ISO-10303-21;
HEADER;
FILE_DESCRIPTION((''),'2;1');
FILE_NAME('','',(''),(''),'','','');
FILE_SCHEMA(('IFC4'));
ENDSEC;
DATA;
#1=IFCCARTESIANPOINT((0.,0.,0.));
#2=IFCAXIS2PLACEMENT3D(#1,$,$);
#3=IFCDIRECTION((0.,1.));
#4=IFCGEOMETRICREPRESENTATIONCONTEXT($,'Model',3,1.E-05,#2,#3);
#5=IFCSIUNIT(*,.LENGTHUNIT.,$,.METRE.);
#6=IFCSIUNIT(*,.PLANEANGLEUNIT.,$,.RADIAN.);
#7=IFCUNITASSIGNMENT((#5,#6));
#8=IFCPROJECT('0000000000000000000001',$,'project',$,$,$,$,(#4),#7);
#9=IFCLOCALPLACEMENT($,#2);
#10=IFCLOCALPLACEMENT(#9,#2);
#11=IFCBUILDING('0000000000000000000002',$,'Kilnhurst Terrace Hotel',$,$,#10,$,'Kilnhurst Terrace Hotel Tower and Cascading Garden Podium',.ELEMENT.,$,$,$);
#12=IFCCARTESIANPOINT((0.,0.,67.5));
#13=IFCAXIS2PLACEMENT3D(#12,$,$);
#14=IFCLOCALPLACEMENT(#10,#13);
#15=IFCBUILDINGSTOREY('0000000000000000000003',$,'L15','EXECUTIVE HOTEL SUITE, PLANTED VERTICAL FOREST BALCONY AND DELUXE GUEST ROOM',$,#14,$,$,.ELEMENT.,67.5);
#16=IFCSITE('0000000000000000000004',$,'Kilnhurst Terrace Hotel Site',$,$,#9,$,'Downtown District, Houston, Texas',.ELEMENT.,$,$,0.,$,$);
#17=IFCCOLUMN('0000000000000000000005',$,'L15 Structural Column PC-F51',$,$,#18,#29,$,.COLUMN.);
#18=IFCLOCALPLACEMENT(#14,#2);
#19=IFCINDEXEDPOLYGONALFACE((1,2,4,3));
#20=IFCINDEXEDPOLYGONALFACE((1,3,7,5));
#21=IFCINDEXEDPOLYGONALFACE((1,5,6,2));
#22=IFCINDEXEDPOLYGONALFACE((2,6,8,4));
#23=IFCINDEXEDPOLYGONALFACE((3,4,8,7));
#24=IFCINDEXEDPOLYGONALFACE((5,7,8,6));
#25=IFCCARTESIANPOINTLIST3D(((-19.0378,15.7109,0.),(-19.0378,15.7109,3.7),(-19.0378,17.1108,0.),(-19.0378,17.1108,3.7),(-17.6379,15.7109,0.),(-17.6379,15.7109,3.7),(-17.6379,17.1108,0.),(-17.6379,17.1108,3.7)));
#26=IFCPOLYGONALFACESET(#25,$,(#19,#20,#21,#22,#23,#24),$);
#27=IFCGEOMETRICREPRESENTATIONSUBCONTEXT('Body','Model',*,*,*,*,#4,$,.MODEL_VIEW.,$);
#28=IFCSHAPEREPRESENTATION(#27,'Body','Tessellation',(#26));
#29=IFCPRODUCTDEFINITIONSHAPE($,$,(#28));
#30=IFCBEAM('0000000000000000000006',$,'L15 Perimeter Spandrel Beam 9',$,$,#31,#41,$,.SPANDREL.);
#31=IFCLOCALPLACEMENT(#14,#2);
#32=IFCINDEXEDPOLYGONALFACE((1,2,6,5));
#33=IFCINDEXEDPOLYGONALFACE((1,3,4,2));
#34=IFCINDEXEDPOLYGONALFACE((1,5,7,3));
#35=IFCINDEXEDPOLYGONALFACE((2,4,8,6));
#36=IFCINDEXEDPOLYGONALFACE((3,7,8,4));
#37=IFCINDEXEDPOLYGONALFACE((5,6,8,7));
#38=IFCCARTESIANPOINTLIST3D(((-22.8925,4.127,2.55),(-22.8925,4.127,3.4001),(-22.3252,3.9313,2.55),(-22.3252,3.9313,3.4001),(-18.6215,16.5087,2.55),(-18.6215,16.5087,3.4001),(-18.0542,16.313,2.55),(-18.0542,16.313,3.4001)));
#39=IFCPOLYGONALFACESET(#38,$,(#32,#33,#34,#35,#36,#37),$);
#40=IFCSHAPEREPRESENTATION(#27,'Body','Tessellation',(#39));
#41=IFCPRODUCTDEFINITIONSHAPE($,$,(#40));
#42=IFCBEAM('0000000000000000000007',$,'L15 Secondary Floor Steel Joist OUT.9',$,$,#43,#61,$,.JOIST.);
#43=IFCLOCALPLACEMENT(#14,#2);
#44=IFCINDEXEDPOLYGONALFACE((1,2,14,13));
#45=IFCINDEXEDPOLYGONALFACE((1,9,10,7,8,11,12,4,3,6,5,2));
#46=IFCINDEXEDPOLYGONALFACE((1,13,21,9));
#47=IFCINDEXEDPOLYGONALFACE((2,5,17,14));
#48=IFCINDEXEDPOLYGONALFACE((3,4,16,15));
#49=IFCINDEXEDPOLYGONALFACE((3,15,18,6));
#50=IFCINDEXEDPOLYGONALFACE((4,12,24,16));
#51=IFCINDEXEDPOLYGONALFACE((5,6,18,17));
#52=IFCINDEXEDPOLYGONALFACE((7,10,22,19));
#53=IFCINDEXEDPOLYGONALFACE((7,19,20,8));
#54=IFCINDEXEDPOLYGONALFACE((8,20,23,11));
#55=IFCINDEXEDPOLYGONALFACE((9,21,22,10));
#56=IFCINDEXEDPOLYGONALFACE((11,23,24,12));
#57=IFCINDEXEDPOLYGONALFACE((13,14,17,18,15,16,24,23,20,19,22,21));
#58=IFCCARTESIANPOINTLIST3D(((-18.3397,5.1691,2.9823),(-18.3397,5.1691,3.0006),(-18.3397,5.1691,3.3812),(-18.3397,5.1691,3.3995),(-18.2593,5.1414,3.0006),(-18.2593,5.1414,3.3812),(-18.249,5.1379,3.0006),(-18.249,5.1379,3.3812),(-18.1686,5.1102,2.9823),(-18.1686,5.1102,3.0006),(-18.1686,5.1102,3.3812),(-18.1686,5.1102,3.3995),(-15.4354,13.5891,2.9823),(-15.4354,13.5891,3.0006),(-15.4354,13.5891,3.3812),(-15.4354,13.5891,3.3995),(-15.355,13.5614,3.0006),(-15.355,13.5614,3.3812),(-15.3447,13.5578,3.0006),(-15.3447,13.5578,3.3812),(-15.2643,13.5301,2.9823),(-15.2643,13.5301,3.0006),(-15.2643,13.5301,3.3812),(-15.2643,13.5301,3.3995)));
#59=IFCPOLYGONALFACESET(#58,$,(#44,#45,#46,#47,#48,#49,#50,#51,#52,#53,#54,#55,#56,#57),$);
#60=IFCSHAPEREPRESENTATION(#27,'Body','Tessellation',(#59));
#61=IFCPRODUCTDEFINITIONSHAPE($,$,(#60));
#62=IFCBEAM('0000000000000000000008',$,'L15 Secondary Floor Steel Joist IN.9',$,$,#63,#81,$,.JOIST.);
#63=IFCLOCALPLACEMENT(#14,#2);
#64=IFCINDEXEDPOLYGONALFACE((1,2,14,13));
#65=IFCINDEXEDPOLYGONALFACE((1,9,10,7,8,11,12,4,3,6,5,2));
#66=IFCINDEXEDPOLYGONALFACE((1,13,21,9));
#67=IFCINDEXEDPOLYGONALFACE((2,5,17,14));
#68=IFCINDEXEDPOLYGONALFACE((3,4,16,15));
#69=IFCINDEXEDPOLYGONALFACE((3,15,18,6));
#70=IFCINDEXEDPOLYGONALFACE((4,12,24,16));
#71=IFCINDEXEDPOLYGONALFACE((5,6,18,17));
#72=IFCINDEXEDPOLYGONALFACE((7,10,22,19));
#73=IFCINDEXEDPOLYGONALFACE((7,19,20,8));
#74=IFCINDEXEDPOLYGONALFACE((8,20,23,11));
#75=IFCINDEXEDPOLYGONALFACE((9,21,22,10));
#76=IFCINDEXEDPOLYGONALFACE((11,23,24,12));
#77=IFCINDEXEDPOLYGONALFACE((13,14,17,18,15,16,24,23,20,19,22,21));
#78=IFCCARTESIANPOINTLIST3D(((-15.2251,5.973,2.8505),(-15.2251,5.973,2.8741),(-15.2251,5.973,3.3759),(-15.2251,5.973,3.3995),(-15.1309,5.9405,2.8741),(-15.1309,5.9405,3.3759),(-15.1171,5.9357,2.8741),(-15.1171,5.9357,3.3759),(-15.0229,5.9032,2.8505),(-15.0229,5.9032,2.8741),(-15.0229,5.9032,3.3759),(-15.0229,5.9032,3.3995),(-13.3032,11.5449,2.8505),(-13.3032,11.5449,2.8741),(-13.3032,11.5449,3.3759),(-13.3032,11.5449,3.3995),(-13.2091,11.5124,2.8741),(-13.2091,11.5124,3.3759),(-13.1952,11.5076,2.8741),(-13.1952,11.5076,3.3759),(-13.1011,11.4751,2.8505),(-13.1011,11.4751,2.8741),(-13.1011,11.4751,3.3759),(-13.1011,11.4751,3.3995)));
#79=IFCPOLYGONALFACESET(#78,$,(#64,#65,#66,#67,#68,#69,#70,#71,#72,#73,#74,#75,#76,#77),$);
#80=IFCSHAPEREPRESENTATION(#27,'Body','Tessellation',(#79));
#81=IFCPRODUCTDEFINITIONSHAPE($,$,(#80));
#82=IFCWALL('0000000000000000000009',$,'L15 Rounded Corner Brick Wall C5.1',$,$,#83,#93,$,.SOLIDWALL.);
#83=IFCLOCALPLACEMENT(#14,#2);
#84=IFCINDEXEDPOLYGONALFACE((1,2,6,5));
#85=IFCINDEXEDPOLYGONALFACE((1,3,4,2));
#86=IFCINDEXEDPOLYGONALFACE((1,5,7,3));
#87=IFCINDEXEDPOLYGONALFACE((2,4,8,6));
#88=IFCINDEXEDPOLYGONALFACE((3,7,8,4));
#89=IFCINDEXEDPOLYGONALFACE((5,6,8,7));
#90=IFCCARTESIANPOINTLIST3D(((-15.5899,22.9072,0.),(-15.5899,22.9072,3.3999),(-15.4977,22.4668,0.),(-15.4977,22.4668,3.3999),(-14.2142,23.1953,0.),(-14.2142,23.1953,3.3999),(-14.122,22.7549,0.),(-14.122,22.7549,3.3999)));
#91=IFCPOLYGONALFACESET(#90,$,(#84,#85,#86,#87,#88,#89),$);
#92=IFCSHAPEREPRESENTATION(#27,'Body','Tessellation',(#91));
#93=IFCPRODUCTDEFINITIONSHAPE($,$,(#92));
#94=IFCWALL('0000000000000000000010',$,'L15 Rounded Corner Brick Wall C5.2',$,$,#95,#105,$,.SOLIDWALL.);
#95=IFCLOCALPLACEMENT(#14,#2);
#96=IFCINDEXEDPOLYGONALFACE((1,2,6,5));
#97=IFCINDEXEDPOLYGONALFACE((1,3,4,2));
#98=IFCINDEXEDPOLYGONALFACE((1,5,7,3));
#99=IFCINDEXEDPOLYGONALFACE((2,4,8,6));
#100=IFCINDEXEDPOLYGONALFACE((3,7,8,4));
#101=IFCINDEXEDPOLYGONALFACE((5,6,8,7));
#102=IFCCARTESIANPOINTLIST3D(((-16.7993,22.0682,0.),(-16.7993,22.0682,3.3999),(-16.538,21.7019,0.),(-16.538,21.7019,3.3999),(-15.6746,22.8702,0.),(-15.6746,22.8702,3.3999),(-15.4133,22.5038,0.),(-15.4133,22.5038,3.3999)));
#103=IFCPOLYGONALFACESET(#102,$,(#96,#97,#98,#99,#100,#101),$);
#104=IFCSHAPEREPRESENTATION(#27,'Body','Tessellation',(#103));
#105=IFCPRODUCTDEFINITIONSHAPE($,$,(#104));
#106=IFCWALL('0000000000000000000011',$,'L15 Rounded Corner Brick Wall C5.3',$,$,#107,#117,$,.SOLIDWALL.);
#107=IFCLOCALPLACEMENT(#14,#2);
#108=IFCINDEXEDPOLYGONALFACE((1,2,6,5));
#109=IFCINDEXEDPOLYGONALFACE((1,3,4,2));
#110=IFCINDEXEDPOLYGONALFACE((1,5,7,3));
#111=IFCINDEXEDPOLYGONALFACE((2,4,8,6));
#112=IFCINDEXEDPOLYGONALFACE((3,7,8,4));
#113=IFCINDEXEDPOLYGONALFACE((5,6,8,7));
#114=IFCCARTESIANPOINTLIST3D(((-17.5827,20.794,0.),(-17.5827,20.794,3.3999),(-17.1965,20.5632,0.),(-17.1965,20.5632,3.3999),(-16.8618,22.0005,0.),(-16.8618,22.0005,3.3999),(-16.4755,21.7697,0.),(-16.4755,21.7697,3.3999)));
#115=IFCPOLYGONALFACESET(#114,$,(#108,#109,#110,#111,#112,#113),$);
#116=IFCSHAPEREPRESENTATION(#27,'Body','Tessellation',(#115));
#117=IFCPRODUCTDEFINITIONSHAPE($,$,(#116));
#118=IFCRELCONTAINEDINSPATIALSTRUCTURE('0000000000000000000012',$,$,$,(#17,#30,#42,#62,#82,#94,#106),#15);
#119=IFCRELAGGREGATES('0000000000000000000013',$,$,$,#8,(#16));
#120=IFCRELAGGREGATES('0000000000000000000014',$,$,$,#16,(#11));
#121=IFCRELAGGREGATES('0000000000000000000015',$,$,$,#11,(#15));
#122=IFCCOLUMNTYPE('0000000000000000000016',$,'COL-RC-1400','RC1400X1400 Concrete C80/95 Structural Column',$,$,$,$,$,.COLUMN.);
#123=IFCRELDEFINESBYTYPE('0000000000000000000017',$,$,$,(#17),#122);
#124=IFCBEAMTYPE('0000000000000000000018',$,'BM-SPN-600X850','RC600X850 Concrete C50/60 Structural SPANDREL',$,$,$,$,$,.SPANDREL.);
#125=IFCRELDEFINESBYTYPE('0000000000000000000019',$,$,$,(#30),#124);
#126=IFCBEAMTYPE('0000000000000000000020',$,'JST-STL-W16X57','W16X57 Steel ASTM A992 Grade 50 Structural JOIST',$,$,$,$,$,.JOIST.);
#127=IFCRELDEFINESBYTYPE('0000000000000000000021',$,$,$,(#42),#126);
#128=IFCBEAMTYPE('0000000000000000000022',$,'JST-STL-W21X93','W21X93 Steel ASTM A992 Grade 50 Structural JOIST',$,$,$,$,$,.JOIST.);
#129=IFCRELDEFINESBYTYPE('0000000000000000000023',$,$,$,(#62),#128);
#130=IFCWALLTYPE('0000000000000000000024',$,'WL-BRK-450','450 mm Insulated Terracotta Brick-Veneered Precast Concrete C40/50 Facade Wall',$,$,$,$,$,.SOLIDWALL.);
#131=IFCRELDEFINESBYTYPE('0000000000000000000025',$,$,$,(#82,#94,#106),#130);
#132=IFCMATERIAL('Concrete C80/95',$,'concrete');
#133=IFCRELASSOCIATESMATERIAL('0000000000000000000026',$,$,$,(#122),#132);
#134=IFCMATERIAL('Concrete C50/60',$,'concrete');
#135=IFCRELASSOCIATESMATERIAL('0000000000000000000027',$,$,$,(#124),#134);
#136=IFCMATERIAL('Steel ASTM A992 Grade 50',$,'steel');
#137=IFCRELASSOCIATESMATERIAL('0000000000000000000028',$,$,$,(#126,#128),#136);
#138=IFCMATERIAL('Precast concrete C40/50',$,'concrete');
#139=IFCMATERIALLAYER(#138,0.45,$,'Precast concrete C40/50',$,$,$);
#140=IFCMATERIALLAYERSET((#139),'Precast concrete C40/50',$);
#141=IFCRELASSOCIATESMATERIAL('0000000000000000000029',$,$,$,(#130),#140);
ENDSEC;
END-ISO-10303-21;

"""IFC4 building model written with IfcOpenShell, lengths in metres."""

from ifc_helpers import new_model, si_unit, direction, frame, frame_2d, origin, origin_2d, place, context, subcontext, project, spatial, rectangle, i_section, extrude, material, layer, layer_set, material_profile, profile_set, type_object, element, save


model = new_model("IFC4")

# Units and contexts
model_context = context("Model", 3, precision=1e-05, world=origin(), true_north=direction((0.0, 1.0)))
body_context = subcontext(model_context, "Body", "Model", "MODEL_VIEW")
ifc_project = project(units=[si_unit("LENGTHUNIT", "METRE"), si_unit("PLANEANGLEUNIT", "RADIAN")], contexts=[model_context])

# Site, building, storey
site_placement = place(None, origin())
site = spatial("IfcSite", under=ifc_project, at=site_placement, Name="Kilnhurst Terrace Hotel Site", LongName="Downtown District, Houston, Texas", CompositionType="ELEMENT", RefElevation=0.0)
building_placement = place(site_placement, origin())
building = spatial("IfcBuilding", under=site, at=building_placement, Name="Kilnhurst Terrace Hotel", LongName="Kilnhurst Terrace Hotel Tower and Cascading Garden Podium", CompositionType="ELEMENT")
storey_placement = place(building_placement, frame((0.0, 0.0, 67.5)))
storey = spatial("IfcBuildingStorey", under=building, at=storey_placement, Name="L15", Description="EXECUTIVE HOTEL SUITE, PLANTED VERTICAL FOREST BALCONY AND DELUXE GUEST ROOM", CompositionType="ELEMENT", Elevation=67.5)

# Column
ifc_material_1 = material(Name="Concrete C80/95", Category="concrete")
ifc_material_profile_1 = material_profile(ifc_material_1, rectangle(XDim=1.3999, YDim=1.3999, at=origin_2d()), Name="RC1400X1400")
ifc_profile_set_1 = profile_set([ifc_material_profile_1], Name="Concrete C80/95")
column_type = type_object("IfcColumnType", Name="COL-RC-1400", Description="RC1400X1400 Concrete C80/95 Structural Column", PredefinedType="COLUMN", material=ifc_profile_set_1)
column_placement = place(storey_placement, frame((-18.3379, 16.4109, 0.0), z_axis=(0.0, 0.0, 1.0), x_axis=(1.0, 0.0, 0.0)))
element("IfcColumn", 1, at=column_placement, inside=storey, type_object=column_type, Name="L15 Structural Column PC-F51", PredefinedType="COLUMN", context=body_context, shape_type="SweptSolid", body=[
    extrude(rectangle(XDim=1.3999, YDim=1.3999, at=origin_2d()), origin(), (0.0, 0.0, 1.0), 3.7),
])

# Beams
ifc_material_2 = material(Name="Concrete C50/60", Category="concrete")
ifc_material_profile_2 = material_profile(ifc_material_2, rectangle(XDim=0.6001, YDim=0.8501, at=origin_2d()), Name="RC600X850")
ifc_profile_set_2 = profile_set([ifc_material_profile_2], Name="Concrete C50/60")
beam_type_1 = type_object("IfcBeamType", Name="BM-SPN-600X850", Description="RC600X850 Concrete C50/60 Structural SPANDREL", PredefinedType="SPANDREL", material=ifc_profile_set_2)
beam_1_placement = place(storey_placement, frame((-18.3379, 16.4109, 2.9751), z_axis=(-0.326086, -0.94534, 0.0), x_axis=(0.94534, -0.326086, 0.0)))
element("IfcBeam", 2, at=beam_1_placement, inside=storey, type_object=beam_type_1, Name="L15 Perimeter Spandrel Beam 9", PredefinedType="SPANDREL", context=body_context, shape_type="SweptSolid", body=[
    extrude(rectangle(XDim=0.6001, YDim=0.8501, at=origin_2d()), origin(), (0.0, 0.0, 1.0), 13.0977),
])
ifc_material_3 = material(Name="Steel ASTM A992 Grade 50", Category="steel")
ifc_material_profile_3 = material_profile(ifc_material_3, i_section(OverallWidth=0.1809, OverallDepth=0.4172, WebThickness=0.011, FlangeThickness=0.0183, at=origin_2d()), Name="W16X57")
ifc_profile_set_3 = profile_set([ifc_material_profile_3], Name="Steel ASTM A992 Grade 50")
beam_type_2 = type_object("IfcBeamType", Name="JST-STL-W16X57", Description="W16X57 Steel ASTM A992 Grade 50 Structural JOIST", PredefinedType="JOIST", material=ifc_profile_set_3)
beam_2_placement = place(storey_placement, frame((-15.3499, 13.5596, 3.1909), z_axis=(-0.326079, -0.945343, 0.0), x_axis=(0.945343, -0.326079, 0.0)))
element("IfcBeam", 3, at=beam_2_placement, inside=storey, type_object=beam_type_2, Name="L15 Secondary Floor Steel Joist OUT.9", PredefinedType="JOIST", context=body_context, shape_type="SweptSolid", body=[
    extrude(i_section(OverallWidth=0.1809, OverallDepth=0.4172, WebThickness=0.011, FlangeThickness=0.0183, at=origin_2d()), origin(), (0.0, 0.0, 1.0), 8.9067),
])
ifc_material_profile_4 = material_profile(ifc_material_3, i_section(OverallWidth=0.2139, OverallDepth=0.5491, WebThickness=0.0146, FlangeThickness=0.0237, at=origin_2d()), Name="W21X93")
ifc_profile_set_4 = profile_set([ifc_material_profile_4], Name="Steel ASTM A992 Grade 50")
beam_type_3 = type_object("IfcBeamType", Name="JST-STL-W21X93", Description="W21X93 Steel ASTM A992 Grade 50 Structural JOIST", PredefinedType="JOIST", material=ifc_profile_set_4)
beam_3_placement = place(storey_placement, frame((-13.2021, 11.51, 3.125), z_axis=(-0.326065, -0.945347, 0.0), x_axis=(0.945347, -0.326065, 0.0)))
element("IfcBeam", 4, at=beam_3_placement, inside=storey, type_object=beam_type_3, Name="L15 Secondary Floor Steel Joist IN.9", PredefinedType="JOIST", context=body_context, shape_type="SweptSolid", body=[
    extrude(i_section(OverallWidth=0.2139, OverallDepth=0.5491, WebThickness=0.0146, FlangeThickness=0.0237, at=origin_2d()), origin(), (0.0, 0.0, 1.0), 5.894),
])

# Walls
ifc_material_4 = material(Name="Precast concrete C40/50", Category="concrete")
ifc_layer_1 = layer(ifc_material_4, 0.45, Name="Precast concrete C40/50")
ifc_layer_set_1 = layer_set([ifc_layer_1], Name="Precast concrete C40/50")
wall_type_1 = type_object("IfcWallType", Name="WL-BRK-450", Description="450 mm Insulated Terracotta Brick-Veneered Precast Concrete C40/50 Facade Wall", PredefinedType="SOLIDWALL", material=ifc_layer_set_1)
wall_1_placement = place(storey_placement, frame((-14.1682, 22.9751, 0.0), z_axis=(0.0, 0.0, 1.0), x_axis=(-0.97877, -0.20496, 0.0)))
element("IfcWall", 5, at=wall_1_placement, inside=storey, type_object=wall_type_1, Name="L15 Rounded Corner Brick Wall C5.1", PredefinedType="SOLIDWALL", context=body_context, shape_type="SweptSolid", body=[
    extrude(rectangle(XDim=1.4055, YDim=0.45, at=frame_2d((0.7026, 0.0))), origin(), (0.0, 0.0, 1.0), 3.3999),
])
wall_2_placement = place(storey_placement, frame((-15.5439, 22.687, 0.0), z_axis=(0.0, 0.0, 1.0), x_axis=(-0.814211, -0.580569, 0.0)))
element("IfcWall", 6, at=wall_2_placement, inside=storey, type_object=wall_type_1, Name="L15 Rounded Corner Brick Wall C5.2", PredefinedType="SOLIDWALL", context=body_context, shape_type="SweptSolid", body=[
    extrude(rectangle(XDim=1.3813, YDim=0.45, at=frame_2d((0.6907, 0.0))), origin(), (0.0, 0.0, 1.0), 3.3999),
])
wall_3_placement = place(storey_placement, frame((-16.6687, 21.885, 0.0), z_axis=(0.0, 0.0, 1.0), x_axis=(-0.512937, -0.858426, 0.0)))
element("IfcWall", 7, at=wall_3_placement, inside=storey, type_object=wall_type_1, Name="L15 Rounded Corner Brick Wall C5.3", PredefinedType="SOLIDWALL", context=body_context, shape_type="SweptSolid", body=[
    extrude(rectangle(XDim=1.4055, YDim=0.45, at=frame_2d((0.7026, 0.0))), origin(), (0.0, 0.0, 1.0), 3.3999),
])

save(model, "model.ifc")
